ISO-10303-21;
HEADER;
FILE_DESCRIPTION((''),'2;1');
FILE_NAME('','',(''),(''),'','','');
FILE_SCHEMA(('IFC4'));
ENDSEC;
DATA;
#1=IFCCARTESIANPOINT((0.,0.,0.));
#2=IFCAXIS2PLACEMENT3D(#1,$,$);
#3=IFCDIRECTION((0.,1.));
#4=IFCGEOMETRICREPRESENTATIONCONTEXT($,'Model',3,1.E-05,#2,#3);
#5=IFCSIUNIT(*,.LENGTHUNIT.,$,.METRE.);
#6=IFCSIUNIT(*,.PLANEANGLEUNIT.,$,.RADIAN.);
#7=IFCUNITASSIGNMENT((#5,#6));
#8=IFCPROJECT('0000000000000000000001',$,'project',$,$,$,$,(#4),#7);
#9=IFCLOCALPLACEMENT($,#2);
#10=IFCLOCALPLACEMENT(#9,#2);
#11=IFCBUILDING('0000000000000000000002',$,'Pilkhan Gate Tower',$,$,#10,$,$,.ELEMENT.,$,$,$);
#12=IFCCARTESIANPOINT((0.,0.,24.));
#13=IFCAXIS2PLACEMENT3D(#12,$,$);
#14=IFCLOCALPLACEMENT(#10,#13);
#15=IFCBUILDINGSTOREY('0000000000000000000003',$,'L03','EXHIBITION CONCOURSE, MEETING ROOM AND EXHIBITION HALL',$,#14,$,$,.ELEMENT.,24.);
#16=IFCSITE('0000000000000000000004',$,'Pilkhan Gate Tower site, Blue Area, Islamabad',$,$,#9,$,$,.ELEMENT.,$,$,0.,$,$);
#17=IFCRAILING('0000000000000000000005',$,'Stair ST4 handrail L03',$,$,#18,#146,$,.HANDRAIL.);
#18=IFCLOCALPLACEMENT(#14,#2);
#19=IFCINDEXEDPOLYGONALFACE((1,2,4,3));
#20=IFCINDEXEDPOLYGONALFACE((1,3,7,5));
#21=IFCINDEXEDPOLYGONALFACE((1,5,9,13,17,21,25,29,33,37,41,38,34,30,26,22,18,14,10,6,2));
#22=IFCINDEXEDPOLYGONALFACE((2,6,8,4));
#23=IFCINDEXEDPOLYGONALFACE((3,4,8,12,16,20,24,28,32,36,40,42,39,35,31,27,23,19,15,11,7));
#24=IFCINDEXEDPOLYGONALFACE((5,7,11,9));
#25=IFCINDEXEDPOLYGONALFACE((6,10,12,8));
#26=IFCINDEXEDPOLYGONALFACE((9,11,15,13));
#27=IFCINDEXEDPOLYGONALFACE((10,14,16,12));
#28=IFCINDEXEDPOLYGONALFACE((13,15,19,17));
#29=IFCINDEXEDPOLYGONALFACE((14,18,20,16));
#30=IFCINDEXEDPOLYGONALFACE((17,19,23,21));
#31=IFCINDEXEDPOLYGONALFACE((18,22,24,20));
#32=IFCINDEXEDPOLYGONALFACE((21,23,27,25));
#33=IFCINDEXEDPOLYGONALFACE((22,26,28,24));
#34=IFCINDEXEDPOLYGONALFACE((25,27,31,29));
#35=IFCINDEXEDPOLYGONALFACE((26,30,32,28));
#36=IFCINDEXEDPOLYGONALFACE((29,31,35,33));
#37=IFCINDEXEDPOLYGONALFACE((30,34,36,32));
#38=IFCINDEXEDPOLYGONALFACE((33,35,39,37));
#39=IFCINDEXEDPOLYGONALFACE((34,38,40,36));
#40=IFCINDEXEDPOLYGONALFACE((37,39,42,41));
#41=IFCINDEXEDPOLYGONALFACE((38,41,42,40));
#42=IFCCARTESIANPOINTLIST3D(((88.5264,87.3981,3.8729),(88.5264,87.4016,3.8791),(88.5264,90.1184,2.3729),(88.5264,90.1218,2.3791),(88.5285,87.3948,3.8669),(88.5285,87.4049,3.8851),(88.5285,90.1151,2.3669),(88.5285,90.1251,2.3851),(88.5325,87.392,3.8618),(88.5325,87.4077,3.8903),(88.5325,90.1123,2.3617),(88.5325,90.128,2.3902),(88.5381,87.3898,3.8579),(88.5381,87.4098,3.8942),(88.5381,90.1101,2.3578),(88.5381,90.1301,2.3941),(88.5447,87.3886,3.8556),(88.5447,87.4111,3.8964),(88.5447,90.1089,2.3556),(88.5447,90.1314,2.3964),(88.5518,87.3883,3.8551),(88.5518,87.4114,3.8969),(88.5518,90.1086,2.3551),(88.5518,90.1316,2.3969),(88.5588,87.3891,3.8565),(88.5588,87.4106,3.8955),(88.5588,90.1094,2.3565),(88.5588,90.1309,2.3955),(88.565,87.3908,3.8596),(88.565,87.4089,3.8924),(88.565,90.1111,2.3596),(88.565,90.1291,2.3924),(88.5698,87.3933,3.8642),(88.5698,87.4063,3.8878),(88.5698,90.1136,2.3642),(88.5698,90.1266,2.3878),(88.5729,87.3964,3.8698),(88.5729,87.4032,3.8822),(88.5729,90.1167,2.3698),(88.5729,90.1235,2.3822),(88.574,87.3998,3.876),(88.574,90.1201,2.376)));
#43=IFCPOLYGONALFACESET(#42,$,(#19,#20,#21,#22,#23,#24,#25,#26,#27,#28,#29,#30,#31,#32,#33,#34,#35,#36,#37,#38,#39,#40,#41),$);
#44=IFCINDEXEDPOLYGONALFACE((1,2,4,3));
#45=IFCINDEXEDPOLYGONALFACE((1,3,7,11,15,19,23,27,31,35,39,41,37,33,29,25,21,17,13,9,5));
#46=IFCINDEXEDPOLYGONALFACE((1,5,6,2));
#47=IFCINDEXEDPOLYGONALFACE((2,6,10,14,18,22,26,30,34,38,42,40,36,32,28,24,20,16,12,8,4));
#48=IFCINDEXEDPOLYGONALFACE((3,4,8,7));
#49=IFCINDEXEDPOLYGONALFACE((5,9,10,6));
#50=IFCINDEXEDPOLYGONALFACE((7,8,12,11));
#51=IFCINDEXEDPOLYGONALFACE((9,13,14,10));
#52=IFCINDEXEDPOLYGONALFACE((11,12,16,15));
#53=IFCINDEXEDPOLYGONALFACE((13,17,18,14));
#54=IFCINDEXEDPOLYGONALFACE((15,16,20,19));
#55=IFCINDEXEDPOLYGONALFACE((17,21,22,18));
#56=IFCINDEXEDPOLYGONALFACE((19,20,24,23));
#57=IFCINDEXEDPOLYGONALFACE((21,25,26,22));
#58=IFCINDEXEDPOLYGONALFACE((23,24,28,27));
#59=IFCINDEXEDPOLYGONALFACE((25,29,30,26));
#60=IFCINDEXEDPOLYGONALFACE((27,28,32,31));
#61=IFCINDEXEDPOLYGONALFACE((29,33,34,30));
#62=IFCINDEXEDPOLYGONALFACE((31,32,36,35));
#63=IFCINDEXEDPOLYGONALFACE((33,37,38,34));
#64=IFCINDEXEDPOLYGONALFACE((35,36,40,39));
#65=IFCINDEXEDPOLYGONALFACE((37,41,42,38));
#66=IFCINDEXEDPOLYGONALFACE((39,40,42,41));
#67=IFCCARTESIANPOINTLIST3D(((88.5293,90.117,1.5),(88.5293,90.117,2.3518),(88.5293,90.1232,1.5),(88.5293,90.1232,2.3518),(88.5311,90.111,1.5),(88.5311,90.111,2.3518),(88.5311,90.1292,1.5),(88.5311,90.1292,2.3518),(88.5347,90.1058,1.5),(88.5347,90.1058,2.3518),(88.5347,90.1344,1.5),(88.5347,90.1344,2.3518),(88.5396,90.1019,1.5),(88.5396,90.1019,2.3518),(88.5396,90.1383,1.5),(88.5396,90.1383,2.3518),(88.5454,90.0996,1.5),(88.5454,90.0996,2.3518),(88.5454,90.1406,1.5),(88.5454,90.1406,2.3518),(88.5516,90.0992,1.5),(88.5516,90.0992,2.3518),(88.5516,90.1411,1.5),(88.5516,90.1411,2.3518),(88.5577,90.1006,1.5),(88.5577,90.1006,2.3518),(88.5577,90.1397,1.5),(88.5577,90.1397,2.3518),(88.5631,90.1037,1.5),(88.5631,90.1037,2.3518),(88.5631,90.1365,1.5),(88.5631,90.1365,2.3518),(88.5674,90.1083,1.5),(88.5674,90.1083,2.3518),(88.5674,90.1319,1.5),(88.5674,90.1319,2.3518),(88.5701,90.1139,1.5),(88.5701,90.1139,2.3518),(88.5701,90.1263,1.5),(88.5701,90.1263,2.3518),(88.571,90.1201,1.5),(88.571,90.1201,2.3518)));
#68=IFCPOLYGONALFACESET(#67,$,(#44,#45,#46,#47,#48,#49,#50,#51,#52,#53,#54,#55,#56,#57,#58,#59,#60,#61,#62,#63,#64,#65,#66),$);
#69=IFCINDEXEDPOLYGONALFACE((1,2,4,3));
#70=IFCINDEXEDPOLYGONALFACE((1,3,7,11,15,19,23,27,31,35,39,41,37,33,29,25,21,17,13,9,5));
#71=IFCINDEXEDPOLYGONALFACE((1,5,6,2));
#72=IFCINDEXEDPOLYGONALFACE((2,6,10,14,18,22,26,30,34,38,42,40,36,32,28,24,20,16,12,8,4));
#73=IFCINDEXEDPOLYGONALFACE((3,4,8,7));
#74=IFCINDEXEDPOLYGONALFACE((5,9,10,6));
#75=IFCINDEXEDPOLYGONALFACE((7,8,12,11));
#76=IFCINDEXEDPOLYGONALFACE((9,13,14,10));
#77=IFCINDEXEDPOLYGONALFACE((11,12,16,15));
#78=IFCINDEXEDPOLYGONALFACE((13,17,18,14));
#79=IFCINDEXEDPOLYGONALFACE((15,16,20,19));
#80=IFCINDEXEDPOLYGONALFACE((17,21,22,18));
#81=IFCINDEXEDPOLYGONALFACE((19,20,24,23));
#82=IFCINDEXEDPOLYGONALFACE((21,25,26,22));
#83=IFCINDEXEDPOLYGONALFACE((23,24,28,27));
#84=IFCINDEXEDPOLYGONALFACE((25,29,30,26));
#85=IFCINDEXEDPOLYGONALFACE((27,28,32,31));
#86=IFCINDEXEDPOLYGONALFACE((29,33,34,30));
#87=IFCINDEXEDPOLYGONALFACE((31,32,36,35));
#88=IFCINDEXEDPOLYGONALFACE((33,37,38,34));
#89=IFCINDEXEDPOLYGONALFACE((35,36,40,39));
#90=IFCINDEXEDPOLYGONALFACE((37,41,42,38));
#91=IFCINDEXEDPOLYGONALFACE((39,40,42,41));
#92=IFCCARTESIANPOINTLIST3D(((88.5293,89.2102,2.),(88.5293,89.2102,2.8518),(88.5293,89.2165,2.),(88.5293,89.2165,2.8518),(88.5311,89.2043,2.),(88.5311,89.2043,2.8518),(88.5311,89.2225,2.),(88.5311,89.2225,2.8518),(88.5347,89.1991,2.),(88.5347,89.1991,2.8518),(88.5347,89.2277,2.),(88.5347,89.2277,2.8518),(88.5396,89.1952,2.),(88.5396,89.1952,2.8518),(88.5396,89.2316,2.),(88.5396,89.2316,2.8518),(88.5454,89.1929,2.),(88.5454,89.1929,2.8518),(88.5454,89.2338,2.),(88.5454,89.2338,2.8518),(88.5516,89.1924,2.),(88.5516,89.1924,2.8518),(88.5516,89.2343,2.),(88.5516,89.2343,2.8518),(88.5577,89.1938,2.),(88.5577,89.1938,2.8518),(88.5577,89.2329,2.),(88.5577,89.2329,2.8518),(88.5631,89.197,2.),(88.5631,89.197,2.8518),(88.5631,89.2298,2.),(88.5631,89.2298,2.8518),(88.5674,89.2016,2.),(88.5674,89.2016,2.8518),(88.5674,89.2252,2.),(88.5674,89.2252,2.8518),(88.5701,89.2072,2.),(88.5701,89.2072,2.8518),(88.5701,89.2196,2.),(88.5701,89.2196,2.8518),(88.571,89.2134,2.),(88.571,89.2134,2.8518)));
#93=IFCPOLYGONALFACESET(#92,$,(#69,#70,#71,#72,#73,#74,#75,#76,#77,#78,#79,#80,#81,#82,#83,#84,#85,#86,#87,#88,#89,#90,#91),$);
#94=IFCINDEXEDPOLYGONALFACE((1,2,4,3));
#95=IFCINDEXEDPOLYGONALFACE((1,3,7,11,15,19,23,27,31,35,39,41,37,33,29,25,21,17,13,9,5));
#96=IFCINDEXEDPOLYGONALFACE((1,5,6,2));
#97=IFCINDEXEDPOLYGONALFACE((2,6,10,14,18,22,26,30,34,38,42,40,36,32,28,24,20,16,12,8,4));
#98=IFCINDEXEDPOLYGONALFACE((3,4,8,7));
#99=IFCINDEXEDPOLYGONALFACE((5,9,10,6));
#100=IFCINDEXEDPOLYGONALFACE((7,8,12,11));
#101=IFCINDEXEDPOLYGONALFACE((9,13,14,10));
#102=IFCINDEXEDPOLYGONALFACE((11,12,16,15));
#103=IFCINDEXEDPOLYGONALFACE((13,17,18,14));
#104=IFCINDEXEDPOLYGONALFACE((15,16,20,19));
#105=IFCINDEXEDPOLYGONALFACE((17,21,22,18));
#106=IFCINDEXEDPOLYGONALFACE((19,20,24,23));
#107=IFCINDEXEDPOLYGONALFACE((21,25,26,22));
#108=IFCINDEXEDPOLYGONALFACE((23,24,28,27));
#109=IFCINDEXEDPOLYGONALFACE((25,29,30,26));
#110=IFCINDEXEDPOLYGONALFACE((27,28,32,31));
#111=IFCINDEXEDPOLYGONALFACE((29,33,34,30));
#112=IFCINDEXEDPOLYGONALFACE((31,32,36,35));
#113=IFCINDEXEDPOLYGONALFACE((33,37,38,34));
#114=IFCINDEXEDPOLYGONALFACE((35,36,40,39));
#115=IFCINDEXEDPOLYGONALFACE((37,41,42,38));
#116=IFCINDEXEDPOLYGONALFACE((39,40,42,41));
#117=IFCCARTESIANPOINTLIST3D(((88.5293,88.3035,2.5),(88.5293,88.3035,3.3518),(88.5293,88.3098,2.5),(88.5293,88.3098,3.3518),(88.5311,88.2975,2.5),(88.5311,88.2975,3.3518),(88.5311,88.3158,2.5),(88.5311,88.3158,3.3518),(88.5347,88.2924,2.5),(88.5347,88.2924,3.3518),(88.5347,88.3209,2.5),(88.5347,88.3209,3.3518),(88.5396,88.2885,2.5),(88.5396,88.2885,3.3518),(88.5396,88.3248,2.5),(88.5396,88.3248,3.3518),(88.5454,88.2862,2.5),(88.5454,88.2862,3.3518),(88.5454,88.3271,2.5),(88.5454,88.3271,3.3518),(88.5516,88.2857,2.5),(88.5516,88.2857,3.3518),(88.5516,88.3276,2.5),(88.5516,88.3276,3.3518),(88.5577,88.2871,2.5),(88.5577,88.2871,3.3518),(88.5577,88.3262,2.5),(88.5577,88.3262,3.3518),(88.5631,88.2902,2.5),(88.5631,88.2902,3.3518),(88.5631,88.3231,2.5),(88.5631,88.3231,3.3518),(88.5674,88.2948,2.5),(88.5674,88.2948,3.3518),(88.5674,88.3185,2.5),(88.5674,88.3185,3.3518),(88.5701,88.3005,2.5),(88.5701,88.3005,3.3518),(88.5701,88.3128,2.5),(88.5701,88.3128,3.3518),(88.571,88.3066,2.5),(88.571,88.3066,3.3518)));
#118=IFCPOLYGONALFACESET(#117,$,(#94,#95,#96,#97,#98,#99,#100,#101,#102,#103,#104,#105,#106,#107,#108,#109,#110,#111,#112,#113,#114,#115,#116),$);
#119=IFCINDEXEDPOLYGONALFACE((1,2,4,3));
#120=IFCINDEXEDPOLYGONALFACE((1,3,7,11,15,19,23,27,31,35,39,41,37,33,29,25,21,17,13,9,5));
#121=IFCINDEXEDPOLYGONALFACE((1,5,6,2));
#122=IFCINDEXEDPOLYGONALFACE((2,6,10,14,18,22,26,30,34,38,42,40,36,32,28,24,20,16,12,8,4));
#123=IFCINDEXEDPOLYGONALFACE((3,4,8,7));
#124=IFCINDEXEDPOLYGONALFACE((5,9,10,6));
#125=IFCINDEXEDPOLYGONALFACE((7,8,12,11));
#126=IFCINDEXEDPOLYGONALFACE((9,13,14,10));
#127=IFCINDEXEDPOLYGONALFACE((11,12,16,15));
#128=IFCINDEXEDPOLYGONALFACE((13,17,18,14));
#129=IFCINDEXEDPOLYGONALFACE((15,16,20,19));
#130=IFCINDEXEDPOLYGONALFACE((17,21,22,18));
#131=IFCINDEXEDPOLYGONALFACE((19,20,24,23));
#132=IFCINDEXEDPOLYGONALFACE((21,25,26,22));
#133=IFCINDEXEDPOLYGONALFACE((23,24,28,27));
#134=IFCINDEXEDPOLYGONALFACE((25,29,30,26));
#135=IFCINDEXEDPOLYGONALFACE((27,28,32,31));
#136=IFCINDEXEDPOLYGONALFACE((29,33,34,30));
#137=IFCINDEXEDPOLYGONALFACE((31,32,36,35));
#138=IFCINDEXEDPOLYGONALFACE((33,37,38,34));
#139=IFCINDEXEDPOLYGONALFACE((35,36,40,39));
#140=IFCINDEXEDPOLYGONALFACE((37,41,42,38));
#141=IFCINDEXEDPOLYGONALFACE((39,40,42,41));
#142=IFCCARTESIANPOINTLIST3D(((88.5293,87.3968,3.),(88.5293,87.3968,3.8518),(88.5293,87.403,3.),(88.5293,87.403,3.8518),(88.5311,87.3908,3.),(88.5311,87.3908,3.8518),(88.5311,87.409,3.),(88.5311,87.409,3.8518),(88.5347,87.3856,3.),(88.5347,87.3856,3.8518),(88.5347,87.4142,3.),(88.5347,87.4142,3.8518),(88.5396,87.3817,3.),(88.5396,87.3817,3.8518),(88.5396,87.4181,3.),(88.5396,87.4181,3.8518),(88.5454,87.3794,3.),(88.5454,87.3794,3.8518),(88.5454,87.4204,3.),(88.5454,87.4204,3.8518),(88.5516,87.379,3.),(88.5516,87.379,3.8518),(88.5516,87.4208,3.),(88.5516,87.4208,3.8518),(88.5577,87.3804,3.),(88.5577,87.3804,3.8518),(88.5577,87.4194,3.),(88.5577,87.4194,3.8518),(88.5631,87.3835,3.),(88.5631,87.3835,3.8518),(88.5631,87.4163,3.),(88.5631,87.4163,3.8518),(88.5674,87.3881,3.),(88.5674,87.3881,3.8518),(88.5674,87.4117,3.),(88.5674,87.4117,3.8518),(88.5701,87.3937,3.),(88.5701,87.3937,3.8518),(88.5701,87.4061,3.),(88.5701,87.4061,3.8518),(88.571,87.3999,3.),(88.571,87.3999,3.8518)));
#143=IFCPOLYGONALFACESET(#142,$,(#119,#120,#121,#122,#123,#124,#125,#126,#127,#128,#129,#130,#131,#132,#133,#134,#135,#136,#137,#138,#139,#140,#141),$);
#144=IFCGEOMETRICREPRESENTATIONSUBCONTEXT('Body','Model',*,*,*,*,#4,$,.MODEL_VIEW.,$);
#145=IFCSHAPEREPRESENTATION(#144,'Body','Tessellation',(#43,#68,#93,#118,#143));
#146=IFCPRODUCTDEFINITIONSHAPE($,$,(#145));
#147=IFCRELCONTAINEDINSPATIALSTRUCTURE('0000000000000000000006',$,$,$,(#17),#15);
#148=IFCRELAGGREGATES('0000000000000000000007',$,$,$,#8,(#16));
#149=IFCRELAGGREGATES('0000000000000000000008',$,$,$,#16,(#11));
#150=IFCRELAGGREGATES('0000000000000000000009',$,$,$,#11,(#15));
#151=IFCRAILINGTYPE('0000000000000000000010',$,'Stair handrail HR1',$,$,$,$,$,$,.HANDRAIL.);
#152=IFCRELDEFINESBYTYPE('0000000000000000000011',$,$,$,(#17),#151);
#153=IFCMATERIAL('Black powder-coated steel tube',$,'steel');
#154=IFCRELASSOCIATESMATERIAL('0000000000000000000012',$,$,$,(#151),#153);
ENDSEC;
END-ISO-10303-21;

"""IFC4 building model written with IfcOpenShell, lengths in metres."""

from ifc_helpers import new_model, si_unit, direction, frame, origin, origin_2d, place, context, subcontext, project, spatial, circle, extrude, material, type_object, element, save


model = new_model("IFC4")

# Units and contexts
model_context = context("Model", 3, precision=1e-05, world=origin(), true_north=direction((0.0, 1.0)))
body_context = subcontext(model_context, "Body", "Model", "MODEL_VIEW")
ifc_project = project(units=[si_unit("LENGTHUNIT", "METRE"), si_unit("PLANEANGLEUNIT", "RADIAN")], contexts=[model_context])

# Site, building, storey
site_placement = place(None, origin())
site = spatial("IfcSite", under=ifc_project, at=site_placement, Name="Pilkhan Gate Tower site, Blue Area, Islamabad", CompositionType="ELEMENT", RefElevation=0.0)
building_placement = place(site_placement, origin())
building = spatial("IfcBuilding", under=site, at=building_placement, Name="Pilkhan Gate Tower", CompositionType="ELEMENT")
storey_placement = place(building_placement, frame((0.0, 0.0, 24.0)))
storey = spatial("IfcBuildingStorey", under=building, at=storey_placement, Name="L03", Description="EXHIBITION CONCOURSE, MEETING ROOM AND EXHIBITION HALL", CompositionType="ELEMENT", Elevation=24.0)

# Railing
ifc_material_1 = material(Name="Black powder-coated steel tube", Category="steel")
railing_type_1 = type_object("IfcRailingType", Name="Stair handrail HR1", PredefinedType="HANDRAIL", material=ifc_material_1)
for number, where, name in (
    (1, (88.55, 90.1201, 1.5), "Stair ST4 handrail L03"),
):
    element("IfcRailing", number, at=place(storey_placement, frame(where)), inside=storey, type_object=railing_type_1, Name=name, PredefinedType="HANDRAIL", context=body_context, shape_type="SweptSolid", body=[
        extrude(circle(Radius=0.0239, at=origin_2d()), frame((0.0, 0.0, 0.876), z_axis=(0.0, -0.875688, 0.482878), x_axis=(1.0, 0.0, 0.0)), (0.0, 0.0, 1.0), 3.1064),
        extrude(circle(Radius=0.021, at=origin_2d()), origin(), (0.0, 0.0, 1.0), 0.8518),
        extrude(circle(Radius=0.021, at=origin_2d()), frame((0.0, -0.9067, 0.5)), (0.0, 0.0, 1.0), 0.8518),
        extrude(circle(Radius=0.021, at=origin_2d()), frame((0.0, -1.8135, 1.0)), (0.0, 0.0, 1.0), 0.8518),
        extrude(circle(Radius=0.021, at=origin_2d()), frame((0.0, -2.7202, 1.5)), (0.0, 0.0, 1.0), 0.8518),
    ])

save(model, "model.ifc")
